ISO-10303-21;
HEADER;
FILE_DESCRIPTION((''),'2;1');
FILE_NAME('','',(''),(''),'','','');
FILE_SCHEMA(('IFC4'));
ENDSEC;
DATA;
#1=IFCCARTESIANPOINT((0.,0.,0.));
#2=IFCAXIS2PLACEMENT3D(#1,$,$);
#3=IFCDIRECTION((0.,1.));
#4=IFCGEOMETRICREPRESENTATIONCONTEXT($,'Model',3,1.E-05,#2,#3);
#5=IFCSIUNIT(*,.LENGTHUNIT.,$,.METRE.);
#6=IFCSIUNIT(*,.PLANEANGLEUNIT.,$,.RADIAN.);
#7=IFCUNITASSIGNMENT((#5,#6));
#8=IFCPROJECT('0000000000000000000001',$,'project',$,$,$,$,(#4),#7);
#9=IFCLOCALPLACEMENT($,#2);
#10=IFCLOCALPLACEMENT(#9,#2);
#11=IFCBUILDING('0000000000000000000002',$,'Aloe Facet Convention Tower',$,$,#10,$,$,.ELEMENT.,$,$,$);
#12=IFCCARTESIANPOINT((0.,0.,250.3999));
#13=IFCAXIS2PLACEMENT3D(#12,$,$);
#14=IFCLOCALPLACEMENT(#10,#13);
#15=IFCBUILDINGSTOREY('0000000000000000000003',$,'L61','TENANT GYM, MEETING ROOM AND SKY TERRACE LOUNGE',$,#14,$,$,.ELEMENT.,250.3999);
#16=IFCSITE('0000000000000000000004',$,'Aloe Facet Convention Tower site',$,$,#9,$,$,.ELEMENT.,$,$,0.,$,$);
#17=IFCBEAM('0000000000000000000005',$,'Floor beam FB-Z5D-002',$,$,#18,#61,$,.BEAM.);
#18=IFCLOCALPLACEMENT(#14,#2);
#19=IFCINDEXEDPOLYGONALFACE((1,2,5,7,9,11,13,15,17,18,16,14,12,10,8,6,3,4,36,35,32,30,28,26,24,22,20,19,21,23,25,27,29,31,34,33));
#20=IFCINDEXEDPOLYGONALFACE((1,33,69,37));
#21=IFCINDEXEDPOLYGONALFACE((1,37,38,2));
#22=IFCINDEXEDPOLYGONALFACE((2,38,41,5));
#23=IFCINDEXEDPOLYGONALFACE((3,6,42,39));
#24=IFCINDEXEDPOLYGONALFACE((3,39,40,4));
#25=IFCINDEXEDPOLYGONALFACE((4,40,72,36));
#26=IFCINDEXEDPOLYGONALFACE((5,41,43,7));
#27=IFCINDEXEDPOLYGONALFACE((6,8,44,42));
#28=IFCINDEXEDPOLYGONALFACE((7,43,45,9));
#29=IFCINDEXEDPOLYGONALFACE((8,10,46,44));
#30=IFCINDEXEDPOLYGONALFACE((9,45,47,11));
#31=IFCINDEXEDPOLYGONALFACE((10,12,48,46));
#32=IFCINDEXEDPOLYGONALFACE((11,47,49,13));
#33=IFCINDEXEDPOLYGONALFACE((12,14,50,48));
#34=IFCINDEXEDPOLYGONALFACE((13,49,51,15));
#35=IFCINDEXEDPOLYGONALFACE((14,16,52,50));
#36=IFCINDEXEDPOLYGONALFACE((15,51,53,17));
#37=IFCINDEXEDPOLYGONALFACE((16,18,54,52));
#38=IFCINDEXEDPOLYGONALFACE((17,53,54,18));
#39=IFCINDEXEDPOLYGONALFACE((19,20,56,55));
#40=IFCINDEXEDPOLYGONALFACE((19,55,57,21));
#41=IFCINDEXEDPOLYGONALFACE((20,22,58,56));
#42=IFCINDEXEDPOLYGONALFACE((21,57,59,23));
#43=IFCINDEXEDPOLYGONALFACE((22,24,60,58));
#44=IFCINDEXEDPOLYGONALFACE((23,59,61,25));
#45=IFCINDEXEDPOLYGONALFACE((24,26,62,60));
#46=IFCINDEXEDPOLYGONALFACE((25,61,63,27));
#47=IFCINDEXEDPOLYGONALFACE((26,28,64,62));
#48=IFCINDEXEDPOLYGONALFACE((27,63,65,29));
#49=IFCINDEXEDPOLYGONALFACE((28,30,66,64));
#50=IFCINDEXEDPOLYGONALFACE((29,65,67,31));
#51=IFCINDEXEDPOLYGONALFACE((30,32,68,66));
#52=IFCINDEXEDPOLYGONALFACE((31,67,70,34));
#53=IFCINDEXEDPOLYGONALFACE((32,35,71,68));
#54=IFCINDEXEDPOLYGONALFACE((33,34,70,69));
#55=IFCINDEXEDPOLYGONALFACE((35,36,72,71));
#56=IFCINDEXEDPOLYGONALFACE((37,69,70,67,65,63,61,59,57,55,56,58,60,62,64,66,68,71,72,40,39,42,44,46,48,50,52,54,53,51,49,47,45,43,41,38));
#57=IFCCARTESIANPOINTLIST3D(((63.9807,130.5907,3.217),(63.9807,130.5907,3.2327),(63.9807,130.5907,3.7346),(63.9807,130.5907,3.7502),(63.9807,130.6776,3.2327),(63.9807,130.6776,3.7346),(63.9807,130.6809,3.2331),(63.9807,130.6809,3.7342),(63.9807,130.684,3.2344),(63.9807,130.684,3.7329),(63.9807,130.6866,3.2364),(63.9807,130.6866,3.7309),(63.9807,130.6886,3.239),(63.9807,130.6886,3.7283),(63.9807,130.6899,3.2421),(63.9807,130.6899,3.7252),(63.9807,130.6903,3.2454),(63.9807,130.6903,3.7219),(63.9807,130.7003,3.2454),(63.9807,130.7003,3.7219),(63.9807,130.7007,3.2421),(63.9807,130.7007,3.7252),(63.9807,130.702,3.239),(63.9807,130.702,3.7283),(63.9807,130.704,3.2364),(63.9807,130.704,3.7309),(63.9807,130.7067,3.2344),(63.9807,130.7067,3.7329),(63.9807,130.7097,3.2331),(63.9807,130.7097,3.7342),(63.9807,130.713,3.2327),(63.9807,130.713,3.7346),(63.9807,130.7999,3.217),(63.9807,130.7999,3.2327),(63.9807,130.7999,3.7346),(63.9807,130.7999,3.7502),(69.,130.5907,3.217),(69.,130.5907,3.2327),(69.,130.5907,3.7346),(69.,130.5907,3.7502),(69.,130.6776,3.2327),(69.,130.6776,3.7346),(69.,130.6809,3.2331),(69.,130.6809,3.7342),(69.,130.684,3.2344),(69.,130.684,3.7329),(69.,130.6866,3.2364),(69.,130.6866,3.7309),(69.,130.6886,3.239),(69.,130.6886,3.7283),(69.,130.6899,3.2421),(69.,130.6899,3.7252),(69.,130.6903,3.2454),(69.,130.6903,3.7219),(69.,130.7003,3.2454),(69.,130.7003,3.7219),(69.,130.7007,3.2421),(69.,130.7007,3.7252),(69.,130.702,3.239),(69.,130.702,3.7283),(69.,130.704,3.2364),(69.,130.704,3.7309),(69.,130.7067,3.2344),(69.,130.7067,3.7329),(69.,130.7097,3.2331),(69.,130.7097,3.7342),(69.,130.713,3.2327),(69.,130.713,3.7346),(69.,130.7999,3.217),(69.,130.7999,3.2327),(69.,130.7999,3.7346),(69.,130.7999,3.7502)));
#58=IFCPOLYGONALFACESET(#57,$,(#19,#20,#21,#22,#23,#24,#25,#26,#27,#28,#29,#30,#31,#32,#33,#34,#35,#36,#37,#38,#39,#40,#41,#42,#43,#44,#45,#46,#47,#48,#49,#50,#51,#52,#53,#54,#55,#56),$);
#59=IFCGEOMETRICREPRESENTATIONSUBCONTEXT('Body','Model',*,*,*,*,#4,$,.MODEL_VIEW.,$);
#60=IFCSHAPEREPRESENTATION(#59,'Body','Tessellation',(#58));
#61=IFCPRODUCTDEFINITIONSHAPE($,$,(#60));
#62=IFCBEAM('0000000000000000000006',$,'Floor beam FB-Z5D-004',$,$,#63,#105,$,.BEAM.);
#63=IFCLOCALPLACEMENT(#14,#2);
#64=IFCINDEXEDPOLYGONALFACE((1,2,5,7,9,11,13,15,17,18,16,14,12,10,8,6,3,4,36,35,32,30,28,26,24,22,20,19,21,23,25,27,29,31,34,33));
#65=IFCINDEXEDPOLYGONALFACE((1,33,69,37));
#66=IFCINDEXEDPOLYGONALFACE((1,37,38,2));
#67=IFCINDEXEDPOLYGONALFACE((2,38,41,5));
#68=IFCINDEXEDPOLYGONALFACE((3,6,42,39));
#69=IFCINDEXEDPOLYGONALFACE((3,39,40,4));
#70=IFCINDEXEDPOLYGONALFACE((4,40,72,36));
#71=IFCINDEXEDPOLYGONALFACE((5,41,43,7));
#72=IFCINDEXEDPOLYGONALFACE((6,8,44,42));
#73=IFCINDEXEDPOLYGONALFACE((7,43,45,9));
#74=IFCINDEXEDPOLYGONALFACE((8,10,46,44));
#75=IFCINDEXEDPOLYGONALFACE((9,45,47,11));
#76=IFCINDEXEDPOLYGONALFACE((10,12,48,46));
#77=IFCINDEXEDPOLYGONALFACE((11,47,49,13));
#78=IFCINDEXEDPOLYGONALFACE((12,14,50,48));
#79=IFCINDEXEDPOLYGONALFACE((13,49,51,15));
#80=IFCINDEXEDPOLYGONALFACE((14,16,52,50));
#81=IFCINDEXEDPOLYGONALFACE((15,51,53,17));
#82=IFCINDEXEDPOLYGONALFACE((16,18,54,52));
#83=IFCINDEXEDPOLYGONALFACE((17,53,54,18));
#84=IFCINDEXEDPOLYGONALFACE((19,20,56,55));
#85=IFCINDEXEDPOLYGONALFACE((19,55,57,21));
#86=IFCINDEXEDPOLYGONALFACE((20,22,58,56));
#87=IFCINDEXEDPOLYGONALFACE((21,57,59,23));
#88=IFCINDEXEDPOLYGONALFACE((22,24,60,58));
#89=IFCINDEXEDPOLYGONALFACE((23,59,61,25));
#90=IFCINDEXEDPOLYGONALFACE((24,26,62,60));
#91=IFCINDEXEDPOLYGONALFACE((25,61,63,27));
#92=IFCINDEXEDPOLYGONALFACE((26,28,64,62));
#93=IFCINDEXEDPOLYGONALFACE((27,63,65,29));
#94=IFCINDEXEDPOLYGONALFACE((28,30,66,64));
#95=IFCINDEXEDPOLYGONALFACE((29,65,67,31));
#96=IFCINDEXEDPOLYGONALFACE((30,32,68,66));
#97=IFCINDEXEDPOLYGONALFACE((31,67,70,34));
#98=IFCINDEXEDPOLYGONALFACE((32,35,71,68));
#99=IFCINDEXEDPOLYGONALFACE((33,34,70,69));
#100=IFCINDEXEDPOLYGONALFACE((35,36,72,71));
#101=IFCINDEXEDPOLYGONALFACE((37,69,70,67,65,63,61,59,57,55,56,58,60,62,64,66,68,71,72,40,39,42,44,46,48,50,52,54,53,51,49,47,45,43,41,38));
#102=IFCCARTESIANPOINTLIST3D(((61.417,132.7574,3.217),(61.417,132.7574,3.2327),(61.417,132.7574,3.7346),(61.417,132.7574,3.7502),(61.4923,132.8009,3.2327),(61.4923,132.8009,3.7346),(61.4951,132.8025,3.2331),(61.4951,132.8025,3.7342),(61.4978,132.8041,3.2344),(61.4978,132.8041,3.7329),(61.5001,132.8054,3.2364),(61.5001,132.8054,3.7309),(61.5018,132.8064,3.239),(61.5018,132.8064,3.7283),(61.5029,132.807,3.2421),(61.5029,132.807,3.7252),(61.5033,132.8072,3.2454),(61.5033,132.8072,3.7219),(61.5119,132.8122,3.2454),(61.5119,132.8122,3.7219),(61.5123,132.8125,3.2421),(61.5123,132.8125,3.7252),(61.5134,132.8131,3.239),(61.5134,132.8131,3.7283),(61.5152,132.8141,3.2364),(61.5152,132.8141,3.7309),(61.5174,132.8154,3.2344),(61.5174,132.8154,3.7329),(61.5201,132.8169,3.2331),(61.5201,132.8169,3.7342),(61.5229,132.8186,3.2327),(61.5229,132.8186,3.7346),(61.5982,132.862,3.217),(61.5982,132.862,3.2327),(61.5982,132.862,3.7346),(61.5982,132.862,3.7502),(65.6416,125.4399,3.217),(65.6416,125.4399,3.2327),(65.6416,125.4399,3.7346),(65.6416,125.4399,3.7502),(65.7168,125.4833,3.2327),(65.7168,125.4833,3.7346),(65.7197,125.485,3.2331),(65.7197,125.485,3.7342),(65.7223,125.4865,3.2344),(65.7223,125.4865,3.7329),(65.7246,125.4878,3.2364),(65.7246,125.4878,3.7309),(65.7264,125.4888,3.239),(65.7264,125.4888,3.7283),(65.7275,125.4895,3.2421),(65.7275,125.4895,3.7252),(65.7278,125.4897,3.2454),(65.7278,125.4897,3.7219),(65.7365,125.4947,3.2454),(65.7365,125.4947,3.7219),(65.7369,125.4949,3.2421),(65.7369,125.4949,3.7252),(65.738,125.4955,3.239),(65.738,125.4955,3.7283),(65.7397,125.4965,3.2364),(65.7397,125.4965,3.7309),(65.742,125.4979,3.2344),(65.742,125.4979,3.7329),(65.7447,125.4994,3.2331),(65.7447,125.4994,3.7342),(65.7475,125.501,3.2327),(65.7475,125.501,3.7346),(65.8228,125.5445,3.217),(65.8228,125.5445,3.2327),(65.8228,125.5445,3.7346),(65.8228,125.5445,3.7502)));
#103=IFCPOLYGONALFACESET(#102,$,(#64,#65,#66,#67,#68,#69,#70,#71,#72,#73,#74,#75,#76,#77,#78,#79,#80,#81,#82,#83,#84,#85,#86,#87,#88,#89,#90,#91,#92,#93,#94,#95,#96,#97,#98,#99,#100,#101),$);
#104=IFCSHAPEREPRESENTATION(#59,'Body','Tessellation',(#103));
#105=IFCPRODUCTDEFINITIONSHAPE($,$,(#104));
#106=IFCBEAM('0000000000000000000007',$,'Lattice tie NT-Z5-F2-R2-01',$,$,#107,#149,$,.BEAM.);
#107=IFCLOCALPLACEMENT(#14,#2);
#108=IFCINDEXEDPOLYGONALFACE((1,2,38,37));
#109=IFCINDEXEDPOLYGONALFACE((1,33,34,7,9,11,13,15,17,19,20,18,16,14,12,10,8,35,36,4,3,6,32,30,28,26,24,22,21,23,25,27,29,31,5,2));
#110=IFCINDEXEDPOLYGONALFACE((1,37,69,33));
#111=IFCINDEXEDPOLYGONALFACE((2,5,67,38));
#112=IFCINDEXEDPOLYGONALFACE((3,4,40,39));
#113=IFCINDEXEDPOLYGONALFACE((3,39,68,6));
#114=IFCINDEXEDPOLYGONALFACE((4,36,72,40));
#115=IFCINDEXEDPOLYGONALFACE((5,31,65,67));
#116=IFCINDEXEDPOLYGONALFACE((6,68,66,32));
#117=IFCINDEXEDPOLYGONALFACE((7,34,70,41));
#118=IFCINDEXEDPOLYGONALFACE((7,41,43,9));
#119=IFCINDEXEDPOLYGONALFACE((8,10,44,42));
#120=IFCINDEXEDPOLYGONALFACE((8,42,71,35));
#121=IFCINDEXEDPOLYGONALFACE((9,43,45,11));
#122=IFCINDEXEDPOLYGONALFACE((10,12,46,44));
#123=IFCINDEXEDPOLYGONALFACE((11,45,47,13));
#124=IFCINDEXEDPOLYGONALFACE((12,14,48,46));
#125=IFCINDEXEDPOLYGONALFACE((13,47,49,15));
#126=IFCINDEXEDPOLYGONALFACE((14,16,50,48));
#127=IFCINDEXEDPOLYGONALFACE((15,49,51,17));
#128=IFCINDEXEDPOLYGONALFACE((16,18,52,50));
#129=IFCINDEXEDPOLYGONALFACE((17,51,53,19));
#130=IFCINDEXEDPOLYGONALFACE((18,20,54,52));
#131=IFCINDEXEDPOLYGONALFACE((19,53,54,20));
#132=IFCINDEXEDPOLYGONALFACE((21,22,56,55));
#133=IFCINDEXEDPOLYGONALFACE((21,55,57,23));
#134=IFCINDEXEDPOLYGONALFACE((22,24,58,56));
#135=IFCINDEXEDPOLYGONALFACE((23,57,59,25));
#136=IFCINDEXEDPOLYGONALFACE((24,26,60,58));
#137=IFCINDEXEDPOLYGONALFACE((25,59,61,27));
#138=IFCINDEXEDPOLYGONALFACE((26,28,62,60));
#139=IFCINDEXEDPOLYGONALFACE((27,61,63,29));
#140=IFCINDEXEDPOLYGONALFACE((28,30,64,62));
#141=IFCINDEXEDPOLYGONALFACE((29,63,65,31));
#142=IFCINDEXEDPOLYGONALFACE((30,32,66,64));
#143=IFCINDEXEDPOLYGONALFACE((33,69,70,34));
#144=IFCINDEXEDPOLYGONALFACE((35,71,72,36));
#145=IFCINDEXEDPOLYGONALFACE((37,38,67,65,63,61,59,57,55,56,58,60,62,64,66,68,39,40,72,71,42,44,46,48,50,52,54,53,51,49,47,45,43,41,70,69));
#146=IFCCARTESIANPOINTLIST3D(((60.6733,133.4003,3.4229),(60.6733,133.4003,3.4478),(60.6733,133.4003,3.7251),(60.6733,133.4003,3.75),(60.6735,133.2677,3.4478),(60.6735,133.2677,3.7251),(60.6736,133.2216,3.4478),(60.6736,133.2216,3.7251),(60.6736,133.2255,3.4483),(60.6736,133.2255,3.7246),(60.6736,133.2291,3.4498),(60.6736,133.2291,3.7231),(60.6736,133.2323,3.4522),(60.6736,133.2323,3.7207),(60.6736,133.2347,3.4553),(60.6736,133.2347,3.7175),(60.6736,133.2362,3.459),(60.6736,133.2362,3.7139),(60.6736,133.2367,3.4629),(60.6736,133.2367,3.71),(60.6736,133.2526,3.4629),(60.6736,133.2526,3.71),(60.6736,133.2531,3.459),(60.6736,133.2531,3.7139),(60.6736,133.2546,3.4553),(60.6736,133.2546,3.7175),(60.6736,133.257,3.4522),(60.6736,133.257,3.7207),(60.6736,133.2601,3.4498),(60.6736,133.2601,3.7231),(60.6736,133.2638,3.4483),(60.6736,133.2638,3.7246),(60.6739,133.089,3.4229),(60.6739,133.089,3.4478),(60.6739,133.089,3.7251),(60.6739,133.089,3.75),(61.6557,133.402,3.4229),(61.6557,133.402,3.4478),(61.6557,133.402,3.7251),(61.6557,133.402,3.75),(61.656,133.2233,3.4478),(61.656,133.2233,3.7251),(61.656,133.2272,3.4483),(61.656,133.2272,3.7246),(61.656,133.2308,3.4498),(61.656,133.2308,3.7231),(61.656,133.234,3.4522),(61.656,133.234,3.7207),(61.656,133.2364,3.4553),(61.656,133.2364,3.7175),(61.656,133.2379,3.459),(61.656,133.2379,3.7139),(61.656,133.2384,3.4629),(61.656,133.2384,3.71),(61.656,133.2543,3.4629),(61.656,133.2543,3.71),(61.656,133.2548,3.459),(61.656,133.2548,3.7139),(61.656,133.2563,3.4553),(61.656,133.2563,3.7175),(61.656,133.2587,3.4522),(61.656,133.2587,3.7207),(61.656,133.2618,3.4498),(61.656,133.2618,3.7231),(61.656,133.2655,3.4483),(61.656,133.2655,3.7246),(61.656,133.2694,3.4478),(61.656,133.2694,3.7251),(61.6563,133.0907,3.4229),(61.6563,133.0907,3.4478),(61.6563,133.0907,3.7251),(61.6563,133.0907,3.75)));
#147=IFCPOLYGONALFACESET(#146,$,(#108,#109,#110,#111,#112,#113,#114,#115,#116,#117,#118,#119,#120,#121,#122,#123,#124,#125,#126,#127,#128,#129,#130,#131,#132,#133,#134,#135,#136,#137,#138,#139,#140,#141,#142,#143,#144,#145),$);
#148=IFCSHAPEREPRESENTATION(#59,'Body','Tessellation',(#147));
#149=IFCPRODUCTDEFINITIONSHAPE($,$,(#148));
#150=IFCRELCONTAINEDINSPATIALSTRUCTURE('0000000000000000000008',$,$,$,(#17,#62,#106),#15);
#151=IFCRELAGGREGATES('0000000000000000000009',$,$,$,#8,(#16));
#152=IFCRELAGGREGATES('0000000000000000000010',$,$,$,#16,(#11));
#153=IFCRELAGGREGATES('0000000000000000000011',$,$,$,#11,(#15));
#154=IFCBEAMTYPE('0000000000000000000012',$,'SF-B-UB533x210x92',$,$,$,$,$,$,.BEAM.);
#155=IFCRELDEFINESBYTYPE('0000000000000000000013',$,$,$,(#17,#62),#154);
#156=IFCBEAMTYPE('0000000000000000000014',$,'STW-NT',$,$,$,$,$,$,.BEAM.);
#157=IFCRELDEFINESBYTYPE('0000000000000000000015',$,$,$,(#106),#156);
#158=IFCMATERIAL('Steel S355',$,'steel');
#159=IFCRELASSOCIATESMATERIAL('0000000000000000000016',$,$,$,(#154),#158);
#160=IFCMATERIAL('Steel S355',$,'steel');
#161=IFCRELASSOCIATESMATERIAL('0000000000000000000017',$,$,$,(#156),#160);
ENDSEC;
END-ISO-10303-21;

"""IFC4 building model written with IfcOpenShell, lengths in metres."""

from ifc_helpers import new_model, si_unit, direction, frame, origin, origin_2d, place, context, subcontext, project, spatial, i_section, extrude, material, material_profile, profile_set, type_object, element, save


model = new_model("IFC4")

# Units and contexts
model_context = context("Model", 3, precision=1e-05, world=origin(), true_north=direction((0.0, 1.0)))
body_context = subcontext(model_context, "Body", "Model", "MODEL_VIEW")
ifc_project = project(units=[si_unit("LENGTHUNIT", "METRE"), si_unit("PLANEANGLEUNIT", "RADIAN")], contexts=[model_context])

# Site, building, storey
site_placement = place(None, origin())
site = spatial("IfcSite", under=ifc_project, at=site_placement, Name="Aloe Facet Convention Tower site", CompositionType="ELEMENT", RefElevation=0.0)
building_placement = place(site_placement, origin())
building = spatial("IfcBuilding", under=site, at=building_placement, Name="Aloe Facet Convention Tower", CompositionType="ELEMENT")
storey_placement = place(building_placement, frame((0.0, 0.0, 250.3999)))
storey = spatial("IfcBuildingStorey", under=building, at=storey_placement, Name="L61", Description="TENANT GYM, MEETING ROOM AND SKY TERRACE LOUNGE", CompositionType="ELEMENT", Elevation=250.3999)

# Beams
ifc_material_1 = material(Name="Steel S355", Category="steel")
ifc_material_profile_1 = material_profile(ifc_material_1, i_section(OverallWidth=0.2092, OverallDepth=0.5332, WebThickness=0.01, FlangeThickness=0.0156, FilletRadius=0.0127, at=origin_2d()), Name="UB 533x210x92")
ifc_profile_set_1 = profile_set([ifc_material_profile_1], Name="Steel S355")
beam_type_1 = type_object("IfcBeamType", Name="SF-B-UB533x210x92", PredefinedType="BEAM", material=ifc_profile_set_1)
beam_1_placement = place(storey_placement, frame((63.9807, 130.6953, 3.4836), z_axis=(1.0, 0.0, 0.0), x_axis=(0.0, 1.0, 0.0)))
element("IfcBeam", 1, at=beam_1_placement, inside=storey, type_object=beam_type_1, Name="Floor beam FB-Z5D-002", PredefinedType="BEAM", context=body_context, shape_type="SweptSolid", body=[
    extrude(i_section(OverallWidth=0.2092, OverallDepth=0.5332, WebThickness=0.01, FlangeThickness=0.0156, FilletRadius=0.0127, at=origin_2d()), origin(), (0.0, 0.0, 1.0), 5.0193),
])
beam_2_placement = place(storey_placement, frame((65.7322, 125.4922, 3.4836), z_axis=(-0.49998, 0.866037, 0.0), x_axis=(-0.866037, -0.49998, 0.0)))
element("IfcBeam", 2, at=beam_2_placement, inside=storey, type_object=beam_type_1, Name="Floor beam FB-Z5D-004", PredefinedType="BEAM", context=body_context, shape_type="SweptSolid", body=[
    extrude(i_section(OverallWidth=0.2092, OverallDepth=0.5332, WebThickness=0.01, FlangeThickness=0.0156, FilletRadius=0.0127, at=origin_2d()), origin(), (0.0, 0.0, 1.0), 8.4495),
])
ifc_material_2 = material(Name="Steel S355", Category="steel")
ifc_material_profile_2 = material_profile(ifc_material_2, i_section(OverallWidth=0.3113, OverallDepth=0.3271, WebThickness=0.0159, FlangeThickness=0.0249, FilletRadius=0.0151, at=origin_2d()), Name="UC 305x305x158")
ifc_profile_set_2 = profile_set([ifc_material_profile_2], Name="Steel S355")
beam_type_2 = type_object("IfcBeamType", Name="STW-NT", PredefinedType="BEAM", material=ifc_profile_set_2)
beam_3_placement = place(storey_placement, frame((60.6736, 133.2446, 3.5864), z_axis=(0.999998, 0.00174, 0.0), x_axis=(-0.00174, 0.999998, 0.0)))
element("IfcBeam", 3, at=beam_3_placement, inside=storey, type_object=beam_type_2, Name="Lattice tie NT-Z5-F2-R2-01", PredefinedType="BEAM", context=body_context, shape_type="SweptSolid", body=[
    extrude(i_section(OverallWidth=0.3113, OverallDepth=0.3271, WebThickness=0.0159, FlangeThickness=0.0249, FilletRadius=0.0151, at=origin_2d()), origin(), (0.0, 0.0, 1.0), 0.9824),
])

save(model, "model.ifc")
